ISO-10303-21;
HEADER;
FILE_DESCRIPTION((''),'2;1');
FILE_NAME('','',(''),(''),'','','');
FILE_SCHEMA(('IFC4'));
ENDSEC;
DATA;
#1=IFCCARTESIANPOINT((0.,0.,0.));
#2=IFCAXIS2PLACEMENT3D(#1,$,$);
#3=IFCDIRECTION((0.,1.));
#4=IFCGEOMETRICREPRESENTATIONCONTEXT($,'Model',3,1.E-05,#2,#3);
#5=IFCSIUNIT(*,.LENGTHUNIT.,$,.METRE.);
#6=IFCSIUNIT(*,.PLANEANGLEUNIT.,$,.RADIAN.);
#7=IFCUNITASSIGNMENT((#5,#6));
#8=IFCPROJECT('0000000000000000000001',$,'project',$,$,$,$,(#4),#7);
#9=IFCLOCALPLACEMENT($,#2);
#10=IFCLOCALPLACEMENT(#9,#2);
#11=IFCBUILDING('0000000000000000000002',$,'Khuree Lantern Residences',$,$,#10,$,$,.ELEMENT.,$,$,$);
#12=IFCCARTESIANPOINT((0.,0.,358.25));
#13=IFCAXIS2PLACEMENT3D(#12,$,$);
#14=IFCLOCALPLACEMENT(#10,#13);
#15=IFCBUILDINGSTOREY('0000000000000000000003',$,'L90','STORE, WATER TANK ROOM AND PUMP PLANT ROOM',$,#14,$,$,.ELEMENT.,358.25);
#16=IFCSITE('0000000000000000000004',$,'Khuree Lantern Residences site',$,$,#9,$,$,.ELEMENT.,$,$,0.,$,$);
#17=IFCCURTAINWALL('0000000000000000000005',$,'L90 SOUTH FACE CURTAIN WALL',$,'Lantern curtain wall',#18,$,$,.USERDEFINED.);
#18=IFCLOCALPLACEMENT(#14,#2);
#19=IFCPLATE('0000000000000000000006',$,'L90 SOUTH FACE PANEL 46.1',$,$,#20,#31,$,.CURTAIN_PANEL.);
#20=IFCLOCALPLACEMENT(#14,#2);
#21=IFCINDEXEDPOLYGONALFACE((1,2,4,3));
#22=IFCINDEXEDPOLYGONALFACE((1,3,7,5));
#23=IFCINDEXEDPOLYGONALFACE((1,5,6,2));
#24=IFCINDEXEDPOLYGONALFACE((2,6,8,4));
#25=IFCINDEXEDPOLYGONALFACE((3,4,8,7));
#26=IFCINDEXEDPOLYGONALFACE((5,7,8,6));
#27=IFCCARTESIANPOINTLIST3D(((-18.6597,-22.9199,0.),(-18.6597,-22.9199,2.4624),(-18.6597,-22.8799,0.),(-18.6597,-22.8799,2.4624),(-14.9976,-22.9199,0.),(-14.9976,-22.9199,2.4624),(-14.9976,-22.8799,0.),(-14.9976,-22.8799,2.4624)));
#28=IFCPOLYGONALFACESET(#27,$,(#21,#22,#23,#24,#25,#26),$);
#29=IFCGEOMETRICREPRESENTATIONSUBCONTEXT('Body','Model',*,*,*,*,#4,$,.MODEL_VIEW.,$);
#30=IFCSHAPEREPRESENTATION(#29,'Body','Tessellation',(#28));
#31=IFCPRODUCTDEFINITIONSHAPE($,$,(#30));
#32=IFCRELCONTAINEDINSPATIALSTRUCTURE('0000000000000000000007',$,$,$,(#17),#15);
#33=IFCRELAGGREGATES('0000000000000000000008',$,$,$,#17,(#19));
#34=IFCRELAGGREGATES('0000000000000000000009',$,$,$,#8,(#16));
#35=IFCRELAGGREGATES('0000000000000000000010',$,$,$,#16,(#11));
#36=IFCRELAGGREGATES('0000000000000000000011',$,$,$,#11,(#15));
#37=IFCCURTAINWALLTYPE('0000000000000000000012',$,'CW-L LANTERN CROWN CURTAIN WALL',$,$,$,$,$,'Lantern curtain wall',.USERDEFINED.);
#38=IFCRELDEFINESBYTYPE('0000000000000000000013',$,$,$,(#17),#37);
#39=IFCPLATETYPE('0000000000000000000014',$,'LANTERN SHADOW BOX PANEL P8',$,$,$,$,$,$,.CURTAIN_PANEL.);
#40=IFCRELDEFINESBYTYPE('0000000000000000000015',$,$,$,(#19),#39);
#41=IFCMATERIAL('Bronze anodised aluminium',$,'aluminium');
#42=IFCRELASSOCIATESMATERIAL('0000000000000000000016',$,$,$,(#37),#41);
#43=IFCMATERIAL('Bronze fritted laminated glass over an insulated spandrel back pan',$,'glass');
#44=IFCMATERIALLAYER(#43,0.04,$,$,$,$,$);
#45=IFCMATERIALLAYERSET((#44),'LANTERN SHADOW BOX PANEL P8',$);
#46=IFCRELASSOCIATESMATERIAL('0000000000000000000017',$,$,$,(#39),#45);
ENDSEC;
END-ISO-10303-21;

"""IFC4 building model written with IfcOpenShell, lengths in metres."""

from ifc_helpers import new_model, si_unit, direction, frame, origin, origin_2d, place, context, subcontext, project, spatial, rectangle, extrude, material, layer, layer_set, type_object, element, aggregate, save


model = new_model("IFC4")

# Units and contexts
model_context = context("Model", 3, precision=1e-05, world=origin(), true_north=direction((0.0, 1.0)))
body_context = subcontext(model_context, "Body", "Model", "MODEL_VIEW")
ifc_project = project(units=[si_unit("LENGTHUNIT", "METRE"), si_unit("PLANEANGLEUNIT", "RADIAN")], contexts=[model_context])

# Site, building, storey
site_placement = place(None, origin())
site = spatial("IfcSite", under=ifc_project, at=site_placement, Name="Khuree Lantern Residences site", CompositionType="ELEMENT", RefElevation=0.0)
building_placement = place(site_placement, origin())
building = spatial("IfcBuilding", under=site, at=building_placement, Name="Khuree Lantern Residences", CompositionType="ELEMENT")
storey_placement = place(building_placement, frame((0.0, 0.0, 358.25)))
storey = spatial("IfcBuildingStorey", under=building, at=storey_placement, Name="L90", Description="STORE, WATER TANK ROOM AND PUMP PLANT ROOM", CompositionType="ELEMENT", Elevation=358.25)

# Shared definitions
ifc_material_1 = material(Name="Bronze anodised aluminium", Category="aluminium")
curtain_wall_type = type_object("IfcCurtainWallType", Name="CW-L LANTERN CROWN CURTAIN WALL", ElementType="Lantern curtain wall", PredefinedType="USERDEFINED", material=ifc_material_1)

# Curtain wall
curtain_wall_1_placement = place(storey_placement, origin())
curtain_wall_1 = element("IfcCurtainWall", 1, at=curtain_wall_1_placement, inside=storey, type_object=curtain_wall_type, Name="L90 SOUTH FACE CURTAIN WALL", ObjectType="Lantern curtain wall", PredefinedType="USERDEFINED")

# Plate
ifc_material_2 = material(Name="Bronze fritted laminated glass over an insulated spandrel back pan", Category="glass")
ifc_layer = layer(ifc_material_2, 0.04)
ifc_layer_set = layer_set([ifc_layer], Name="LANTERN SHADOW BOX PANEL P8")
plate_type = type_object("IfcPlateType", Name="LANTERN SHADOW BOX PANEL P8", PredefinedType="CURTAIN_PANEL", material=ifc_layer_set)
plate_1_placement = place(storey_placement, frame((-16.8286, -22.8999, 0.0), z_axis=(0.0, 0.0, 1.0), x_axis=(1.0, 0.0, 0.0)))
plate_1 = element("IfcPlate", 2, at=plate_1_placement, type_object=plate_type, Name="L90 SOUTH FACE PANEL 46.1", PredefinedType="CURTAIN_PANEL", context=body_context, shape_type="SweptSolid", body=[
    extrude(rectangle(XDim=3.6621, YDim=0.04, at=origin_2d()), origin(), (0.0, 0.0, 1.0), 2.4624),
])
aggregate(curtain_wall_1, [plate_1])

save(model, "model.ifc")
